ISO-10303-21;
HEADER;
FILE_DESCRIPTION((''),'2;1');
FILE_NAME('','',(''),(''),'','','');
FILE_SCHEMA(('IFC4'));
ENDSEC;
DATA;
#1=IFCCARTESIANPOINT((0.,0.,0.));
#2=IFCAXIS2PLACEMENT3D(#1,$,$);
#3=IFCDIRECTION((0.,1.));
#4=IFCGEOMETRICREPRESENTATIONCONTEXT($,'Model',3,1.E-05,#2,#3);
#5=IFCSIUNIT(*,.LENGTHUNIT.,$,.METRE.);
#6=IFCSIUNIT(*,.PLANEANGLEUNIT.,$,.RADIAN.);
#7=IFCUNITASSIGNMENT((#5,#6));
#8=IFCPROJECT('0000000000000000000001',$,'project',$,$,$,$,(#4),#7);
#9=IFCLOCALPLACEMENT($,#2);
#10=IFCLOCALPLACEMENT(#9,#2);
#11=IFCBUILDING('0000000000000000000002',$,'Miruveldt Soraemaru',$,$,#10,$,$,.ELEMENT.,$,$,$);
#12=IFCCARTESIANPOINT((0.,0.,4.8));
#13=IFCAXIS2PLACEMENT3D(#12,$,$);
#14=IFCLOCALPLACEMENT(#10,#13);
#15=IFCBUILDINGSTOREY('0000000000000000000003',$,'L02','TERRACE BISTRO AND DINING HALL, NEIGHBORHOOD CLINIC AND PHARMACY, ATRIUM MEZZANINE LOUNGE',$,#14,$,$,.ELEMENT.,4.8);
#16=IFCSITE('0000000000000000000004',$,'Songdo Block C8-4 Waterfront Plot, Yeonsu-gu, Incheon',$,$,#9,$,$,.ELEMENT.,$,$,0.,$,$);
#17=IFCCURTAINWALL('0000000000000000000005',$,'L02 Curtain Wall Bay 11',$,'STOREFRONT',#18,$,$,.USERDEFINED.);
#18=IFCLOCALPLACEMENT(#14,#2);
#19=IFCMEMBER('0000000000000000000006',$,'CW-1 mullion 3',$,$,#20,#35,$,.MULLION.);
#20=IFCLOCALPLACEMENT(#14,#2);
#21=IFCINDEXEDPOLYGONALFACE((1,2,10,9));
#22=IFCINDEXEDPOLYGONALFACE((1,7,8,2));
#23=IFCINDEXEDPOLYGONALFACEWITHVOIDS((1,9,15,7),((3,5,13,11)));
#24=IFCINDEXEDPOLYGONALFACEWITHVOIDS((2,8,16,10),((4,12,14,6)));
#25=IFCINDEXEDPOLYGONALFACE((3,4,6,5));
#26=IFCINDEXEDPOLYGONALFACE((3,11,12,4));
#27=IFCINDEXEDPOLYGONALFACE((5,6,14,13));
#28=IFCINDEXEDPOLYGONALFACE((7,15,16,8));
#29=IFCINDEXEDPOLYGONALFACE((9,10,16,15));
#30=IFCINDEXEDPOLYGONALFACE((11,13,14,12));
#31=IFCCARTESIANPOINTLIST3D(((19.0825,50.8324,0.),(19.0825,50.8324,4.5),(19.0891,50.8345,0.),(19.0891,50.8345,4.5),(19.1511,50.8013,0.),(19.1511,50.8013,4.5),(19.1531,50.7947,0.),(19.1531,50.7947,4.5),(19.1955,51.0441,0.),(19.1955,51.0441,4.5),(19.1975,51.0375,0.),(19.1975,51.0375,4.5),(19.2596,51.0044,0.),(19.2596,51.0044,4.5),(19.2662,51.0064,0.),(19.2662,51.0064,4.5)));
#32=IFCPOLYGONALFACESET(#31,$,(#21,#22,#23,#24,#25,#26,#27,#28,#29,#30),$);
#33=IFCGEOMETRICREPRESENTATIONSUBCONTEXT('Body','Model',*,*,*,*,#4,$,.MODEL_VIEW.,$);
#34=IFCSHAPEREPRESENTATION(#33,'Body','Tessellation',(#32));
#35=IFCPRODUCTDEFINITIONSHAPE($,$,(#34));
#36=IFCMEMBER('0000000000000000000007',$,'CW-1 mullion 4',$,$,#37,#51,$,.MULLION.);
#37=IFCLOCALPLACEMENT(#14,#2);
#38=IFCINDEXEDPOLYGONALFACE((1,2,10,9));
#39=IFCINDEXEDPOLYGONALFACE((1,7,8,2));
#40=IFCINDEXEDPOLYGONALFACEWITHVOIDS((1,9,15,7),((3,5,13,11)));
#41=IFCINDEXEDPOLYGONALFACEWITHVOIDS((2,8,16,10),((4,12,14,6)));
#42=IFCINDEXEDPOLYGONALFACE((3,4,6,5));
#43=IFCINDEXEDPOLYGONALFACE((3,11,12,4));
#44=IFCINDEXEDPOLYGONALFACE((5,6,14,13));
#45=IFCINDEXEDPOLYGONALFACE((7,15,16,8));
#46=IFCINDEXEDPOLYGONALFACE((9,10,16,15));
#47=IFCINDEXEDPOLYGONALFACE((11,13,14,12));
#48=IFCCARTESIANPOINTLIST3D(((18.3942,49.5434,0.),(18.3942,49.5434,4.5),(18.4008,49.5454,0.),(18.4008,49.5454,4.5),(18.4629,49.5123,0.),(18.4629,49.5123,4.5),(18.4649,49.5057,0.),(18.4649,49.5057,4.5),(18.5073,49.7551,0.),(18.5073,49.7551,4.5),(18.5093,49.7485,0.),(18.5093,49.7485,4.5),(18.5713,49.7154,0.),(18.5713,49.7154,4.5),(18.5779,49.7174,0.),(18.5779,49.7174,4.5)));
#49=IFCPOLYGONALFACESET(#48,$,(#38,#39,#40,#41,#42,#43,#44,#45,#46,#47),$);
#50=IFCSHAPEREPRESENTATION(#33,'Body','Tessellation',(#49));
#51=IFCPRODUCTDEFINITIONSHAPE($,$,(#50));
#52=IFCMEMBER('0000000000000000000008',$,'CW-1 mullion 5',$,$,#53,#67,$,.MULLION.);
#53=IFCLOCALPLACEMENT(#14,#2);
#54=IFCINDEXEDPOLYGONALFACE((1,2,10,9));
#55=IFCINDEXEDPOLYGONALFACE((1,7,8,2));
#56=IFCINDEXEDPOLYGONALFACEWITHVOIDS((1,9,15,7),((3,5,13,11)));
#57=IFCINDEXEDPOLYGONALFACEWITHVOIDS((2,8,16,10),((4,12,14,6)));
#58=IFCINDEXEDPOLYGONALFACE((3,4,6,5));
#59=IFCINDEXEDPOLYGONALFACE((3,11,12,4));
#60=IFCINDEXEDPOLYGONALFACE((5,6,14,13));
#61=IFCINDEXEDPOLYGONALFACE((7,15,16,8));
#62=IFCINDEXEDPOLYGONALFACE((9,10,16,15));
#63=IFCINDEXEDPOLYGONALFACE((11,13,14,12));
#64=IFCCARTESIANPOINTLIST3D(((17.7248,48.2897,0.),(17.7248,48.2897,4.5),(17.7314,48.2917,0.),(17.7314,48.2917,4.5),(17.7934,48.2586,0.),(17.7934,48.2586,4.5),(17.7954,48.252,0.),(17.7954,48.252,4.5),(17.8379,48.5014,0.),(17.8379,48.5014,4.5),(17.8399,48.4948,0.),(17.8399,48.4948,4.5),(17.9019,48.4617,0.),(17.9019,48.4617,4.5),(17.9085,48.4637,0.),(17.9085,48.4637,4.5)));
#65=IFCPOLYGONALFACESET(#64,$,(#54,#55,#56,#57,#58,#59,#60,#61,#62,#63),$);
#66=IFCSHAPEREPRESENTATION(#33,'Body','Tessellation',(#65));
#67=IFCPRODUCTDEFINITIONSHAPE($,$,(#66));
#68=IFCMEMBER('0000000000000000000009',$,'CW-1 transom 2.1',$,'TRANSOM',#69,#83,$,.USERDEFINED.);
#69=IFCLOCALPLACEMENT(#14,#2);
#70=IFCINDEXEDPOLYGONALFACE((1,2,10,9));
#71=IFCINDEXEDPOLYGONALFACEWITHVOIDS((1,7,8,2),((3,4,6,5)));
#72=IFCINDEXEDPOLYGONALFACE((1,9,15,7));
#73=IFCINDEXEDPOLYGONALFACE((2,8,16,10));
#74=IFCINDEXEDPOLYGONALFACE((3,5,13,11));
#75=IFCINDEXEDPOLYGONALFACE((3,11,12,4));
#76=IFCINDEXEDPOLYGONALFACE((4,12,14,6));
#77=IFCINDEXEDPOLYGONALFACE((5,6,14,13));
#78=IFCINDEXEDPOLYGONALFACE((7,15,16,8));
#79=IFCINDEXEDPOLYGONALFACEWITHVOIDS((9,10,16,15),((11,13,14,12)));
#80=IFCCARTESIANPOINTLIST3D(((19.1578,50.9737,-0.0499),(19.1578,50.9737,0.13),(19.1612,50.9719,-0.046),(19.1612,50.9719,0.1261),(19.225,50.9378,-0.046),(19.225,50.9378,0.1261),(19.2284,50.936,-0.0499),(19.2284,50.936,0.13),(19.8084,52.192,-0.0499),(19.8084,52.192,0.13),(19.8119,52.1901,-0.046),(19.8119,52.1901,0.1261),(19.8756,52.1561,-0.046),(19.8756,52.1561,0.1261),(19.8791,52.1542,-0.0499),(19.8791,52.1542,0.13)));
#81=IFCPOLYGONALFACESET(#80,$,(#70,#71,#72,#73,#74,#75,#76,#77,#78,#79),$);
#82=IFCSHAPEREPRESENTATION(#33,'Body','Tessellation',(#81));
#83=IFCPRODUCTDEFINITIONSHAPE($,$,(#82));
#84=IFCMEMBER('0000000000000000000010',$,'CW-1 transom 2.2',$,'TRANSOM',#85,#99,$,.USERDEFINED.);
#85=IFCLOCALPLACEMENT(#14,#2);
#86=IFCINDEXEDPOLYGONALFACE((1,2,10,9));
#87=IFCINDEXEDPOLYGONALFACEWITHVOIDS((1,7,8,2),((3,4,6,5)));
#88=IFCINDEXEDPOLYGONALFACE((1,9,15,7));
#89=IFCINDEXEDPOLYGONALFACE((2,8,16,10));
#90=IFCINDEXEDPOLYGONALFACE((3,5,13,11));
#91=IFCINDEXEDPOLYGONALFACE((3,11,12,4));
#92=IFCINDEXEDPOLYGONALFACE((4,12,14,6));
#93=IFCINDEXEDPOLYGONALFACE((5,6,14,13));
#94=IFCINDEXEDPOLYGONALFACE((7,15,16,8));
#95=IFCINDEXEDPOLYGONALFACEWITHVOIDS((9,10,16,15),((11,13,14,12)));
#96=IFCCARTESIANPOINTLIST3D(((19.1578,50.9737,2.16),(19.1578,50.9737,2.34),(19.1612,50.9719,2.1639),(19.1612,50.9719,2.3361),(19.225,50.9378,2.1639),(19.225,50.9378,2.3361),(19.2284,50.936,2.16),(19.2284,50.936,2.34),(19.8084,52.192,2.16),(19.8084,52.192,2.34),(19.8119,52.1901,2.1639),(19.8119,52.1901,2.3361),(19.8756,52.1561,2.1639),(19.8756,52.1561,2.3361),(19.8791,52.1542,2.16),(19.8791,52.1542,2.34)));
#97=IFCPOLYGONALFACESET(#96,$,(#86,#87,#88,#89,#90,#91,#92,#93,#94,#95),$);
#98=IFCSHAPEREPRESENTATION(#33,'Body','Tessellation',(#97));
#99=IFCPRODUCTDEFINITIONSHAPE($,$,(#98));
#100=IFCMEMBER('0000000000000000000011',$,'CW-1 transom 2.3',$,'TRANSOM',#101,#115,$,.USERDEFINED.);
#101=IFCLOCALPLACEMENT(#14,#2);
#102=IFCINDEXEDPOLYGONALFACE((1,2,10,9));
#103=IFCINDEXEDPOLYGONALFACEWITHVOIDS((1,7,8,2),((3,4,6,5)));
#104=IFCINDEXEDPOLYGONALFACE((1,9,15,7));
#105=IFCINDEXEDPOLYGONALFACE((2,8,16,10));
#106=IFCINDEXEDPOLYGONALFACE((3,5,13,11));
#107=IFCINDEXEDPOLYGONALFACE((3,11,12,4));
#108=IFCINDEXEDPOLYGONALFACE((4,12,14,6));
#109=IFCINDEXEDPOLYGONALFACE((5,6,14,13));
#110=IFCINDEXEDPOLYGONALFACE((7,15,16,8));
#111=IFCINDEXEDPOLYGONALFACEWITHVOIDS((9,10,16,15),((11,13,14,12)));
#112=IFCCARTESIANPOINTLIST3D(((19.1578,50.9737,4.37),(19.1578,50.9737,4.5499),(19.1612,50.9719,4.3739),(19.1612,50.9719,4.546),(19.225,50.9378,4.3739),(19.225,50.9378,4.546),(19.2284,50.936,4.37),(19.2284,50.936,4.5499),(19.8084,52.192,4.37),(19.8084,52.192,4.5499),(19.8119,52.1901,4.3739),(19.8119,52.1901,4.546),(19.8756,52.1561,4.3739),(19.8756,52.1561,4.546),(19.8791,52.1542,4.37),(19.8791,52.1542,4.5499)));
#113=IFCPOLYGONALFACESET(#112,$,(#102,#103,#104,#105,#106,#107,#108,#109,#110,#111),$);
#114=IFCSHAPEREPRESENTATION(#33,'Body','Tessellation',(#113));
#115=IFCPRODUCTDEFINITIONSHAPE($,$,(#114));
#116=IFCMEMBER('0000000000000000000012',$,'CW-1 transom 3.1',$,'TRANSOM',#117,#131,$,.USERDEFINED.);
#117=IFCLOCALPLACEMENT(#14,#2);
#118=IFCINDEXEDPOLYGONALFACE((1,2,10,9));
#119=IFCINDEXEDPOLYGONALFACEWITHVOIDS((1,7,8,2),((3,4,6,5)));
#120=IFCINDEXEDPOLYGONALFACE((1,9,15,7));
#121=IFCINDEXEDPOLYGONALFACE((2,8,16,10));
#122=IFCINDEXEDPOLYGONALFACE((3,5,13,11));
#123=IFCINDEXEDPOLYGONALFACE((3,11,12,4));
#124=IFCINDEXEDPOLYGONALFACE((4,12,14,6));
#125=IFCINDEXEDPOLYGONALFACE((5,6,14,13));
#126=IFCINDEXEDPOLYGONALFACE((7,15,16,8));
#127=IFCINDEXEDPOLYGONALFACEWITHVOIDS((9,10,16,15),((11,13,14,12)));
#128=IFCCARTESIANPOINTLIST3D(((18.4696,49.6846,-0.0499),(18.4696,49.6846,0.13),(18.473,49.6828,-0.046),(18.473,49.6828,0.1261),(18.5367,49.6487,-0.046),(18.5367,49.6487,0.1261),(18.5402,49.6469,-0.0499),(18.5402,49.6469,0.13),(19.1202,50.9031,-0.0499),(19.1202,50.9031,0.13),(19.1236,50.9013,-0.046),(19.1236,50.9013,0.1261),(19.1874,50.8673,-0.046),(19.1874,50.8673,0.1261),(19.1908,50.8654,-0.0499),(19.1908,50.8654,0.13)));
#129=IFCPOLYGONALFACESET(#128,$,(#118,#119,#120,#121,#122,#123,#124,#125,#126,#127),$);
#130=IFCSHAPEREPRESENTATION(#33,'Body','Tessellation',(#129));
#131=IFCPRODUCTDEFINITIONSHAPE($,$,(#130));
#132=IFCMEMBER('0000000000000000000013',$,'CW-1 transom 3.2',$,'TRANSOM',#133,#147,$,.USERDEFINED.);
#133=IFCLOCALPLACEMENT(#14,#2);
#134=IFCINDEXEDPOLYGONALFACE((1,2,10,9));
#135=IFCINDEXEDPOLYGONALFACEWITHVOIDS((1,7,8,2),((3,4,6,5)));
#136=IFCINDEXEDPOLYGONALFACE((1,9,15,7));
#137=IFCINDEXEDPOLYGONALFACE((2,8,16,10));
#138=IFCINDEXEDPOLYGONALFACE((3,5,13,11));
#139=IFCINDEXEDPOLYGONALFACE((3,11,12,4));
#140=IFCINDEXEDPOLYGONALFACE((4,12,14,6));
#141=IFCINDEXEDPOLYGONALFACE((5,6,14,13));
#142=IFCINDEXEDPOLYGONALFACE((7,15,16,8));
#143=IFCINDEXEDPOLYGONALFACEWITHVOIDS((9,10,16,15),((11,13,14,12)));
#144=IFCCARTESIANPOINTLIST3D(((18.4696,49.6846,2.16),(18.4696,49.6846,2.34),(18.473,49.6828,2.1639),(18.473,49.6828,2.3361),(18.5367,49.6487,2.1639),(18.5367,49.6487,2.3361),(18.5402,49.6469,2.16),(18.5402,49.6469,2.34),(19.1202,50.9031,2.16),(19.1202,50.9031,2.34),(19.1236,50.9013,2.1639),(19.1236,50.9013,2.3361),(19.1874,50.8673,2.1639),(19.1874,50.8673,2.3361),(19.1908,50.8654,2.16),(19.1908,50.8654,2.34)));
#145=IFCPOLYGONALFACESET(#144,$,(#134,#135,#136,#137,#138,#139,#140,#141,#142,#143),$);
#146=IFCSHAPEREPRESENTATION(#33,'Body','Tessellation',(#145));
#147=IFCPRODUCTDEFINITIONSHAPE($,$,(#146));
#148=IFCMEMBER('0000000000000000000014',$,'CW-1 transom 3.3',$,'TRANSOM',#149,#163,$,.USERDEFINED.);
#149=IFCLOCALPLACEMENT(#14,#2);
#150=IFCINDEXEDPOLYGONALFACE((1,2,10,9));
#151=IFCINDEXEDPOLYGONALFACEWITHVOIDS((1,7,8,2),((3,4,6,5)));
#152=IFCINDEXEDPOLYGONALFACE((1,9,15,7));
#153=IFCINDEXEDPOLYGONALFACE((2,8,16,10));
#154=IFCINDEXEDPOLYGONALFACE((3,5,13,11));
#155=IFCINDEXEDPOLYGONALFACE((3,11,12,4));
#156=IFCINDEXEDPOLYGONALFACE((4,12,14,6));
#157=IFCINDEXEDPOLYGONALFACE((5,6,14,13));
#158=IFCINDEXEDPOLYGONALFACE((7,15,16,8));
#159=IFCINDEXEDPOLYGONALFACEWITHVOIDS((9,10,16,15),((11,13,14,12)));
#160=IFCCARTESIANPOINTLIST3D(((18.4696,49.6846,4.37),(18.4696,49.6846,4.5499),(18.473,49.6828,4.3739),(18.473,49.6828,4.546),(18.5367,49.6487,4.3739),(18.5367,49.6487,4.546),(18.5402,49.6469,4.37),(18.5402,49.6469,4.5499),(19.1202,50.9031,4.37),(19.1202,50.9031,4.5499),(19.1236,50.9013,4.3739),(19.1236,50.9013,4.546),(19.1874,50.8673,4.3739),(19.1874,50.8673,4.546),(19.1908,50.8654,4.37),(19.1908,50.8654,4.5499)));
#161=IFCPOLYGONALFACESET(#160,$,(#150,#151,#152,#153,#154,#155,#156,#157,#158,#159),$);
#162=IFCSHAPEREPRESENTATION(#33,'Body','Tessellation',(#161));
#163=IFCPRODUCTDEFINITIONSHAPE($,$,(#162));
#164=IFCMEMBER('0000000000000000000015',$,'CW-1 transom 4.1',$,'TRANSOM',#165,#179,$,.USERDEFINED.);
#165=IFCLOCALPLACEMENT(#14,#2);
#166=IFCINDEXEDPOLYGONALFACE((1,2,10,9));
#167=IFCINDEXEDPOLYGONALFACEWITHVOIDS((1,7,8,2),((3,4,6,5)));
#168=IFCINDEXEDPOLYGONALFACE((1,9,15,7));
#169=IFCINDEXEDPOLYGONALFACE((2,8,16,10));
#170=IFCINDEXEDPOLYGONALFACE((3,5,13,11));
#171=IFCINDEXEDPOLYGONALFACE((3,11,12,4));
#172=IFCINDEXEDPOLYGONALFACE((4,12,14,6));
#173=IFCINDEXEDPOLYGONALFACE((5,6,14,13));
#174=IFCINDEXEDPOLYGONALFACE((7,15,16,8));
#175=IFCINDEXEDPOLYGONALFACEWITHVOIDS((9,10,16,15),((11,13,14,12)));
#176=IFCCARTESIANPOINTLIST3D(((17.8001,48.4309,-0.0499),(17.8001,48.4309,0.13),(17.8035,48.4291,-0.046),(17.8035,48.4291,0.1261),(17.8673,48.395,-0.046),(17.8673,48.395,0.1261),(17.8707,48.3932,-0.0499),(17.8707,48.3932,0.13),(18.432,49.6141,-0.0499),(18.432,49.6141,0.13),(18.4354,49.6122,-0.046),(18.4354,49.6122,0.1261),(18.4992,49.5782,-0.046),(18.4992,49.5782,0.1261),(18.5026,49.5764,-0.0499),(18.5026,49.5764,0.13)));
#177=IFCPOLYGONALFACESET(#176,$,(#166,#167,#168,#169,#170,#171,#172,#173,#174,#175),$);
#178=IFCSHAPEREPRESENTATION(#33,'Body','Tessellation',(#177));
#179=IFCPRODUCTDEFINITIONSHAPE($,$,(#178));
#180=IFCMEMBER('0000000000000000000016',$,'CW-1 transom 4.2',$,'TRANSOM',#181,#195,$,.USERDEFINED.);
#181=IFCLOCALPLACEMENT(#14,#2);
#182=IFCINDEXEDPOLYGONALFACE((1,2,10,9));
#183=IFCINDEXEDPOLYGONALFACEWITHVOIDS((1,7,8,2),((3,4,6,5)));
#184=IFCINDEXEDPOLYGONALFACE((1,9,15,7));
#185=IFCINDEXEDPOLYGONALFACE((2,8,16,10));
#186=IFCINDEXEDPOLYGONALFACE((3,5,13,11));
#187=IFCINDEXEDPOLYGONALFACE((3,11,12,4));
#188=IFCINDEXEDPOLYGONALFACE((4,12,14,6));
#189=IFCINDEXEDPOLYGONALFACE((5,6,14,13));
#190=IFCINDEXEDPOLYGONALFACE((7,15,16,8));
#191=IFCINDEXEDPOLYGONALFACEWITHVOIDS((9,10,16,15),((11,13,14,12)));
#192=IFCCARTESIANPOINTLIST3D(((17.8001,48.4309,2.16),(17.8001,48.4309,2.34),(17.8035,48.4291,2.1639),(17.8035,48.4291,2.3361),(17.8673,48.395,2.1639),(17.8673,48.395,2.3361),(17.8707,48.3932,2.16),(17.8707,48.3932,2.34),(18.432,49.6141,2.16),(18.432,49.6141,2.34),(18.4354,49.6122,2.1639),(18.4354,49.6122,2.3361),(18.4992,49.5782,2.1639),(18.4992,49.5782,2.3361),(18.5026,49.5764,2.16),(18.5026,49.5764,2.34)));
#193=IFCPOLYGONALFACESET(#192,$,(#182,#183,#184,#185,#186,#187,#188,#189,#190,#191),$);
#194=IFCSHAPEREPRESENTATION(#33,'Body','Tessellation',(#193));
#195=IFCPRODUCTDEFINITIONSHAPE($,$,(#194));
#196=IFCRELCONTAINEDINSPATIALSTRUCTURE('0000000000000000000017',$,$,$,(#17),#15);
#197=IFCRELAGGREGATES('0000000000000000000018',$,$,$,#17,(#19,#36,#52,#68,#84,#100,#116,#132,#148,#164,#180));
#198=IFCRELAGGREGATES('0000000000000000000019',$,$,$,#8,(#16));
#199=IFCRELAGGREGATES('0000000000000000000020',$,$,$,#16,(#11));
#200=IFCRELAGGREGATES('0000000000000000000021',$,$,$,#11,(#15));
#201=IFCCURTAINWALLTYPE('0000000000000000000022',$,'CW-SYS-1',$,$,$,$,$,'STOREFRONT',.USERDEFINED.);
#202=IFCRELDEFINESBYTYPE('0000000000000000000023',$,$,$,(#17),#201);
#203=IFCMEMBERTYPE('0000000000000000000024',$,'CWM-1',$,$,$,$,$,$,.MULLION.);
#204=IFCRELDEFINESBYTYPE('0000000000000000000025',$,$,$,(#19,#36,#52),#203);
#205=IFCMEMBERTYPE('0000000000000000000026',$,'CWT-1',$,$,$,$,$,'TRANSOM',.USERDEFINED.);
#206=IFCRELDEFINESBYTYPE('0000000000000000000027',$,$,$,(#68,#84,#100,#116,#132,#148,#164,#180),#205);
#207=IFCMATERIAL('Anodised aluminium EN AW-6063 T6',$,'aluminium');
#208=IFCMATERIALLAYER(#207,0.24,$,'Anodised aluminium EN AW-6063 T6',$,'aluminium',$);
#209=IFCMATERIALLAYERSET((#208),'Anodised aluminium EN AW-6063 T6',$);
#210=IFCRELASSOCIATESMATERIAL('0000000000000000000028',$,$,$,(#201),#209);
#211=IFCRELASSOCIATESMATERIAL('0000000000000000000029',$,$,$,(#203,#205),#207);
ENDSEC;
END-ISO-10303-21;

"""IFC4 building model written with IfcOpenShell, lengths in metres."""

from ifc_helpers import new_model, si_unit, direction, frame, origin, origin_2d, place, context, subcontext, project, spatial, hollow_rectangle, extrude, material, layer, layer_set, material_profile, profile_set, type_object, element, aggregate, save


model = new_model("IFC4")

# Units and contexts
model_context = context("Model", 3, precision=1e-05, world=origin(), true_north=direction((0.0, 1.0)))
body_context = subcontext(model_context, "Body", "Model", "MODEL_VIEW")
ifc_project = project(units=[si_unit("LENGTHUNIT", "METRE"), si_unit("PLANEANGLEUNIT", "RADIAN")], contexts=[model_context])

# Site, building, storey
site_placement = place(None, origin())
site = spatial("IfcSite", under=ifc_project, at=site_placement, Name="Songdo Block C8-4 Waterfront Plot, Yeonsu-gu, Incheon", CompositionType="ELEMENT", RefElevation=0.0)
building_placement = place(site_placement, origin())
building = spatial("IfcBuilding", under=site, at=building_placement, Name="Miruveldt Soraemaru", CompositionType="ELEMENT")
storey_placement = place(building_placement, frame((0.0, 0.0, 4.8)))
storey = spatial("IfcBuildingStorey", under=building, at=storey_placement, Name="L02", Description="TERRACE BISTRO AND DINING HALL, NEIGHBORHOOD CLINIC AND PHARMACY, ATRIUM MEZZANINE LOUNGE", CompositionType="ELEMENT", Elevation=4.8)

# Curtain wall, members
ifc_material_1 = material(Name="Anodised aluminium EN AW-6063 T6", Category="aluminium")
ifc_layer_1 = layer(ifc_material_1, 0.24, Name="Anodised aluminium EN AW-6063 T6", Category="aluminium")
ifc_layer_set_1 = layer_set([ifc_layer_1], Name="Anodised aluminium EN AW-6063 T6")
curtain_wall_type = type_object("IfcCurtainWallType", Name="CW-SYS-1", ElementType="STOREFRONT", PredefinedType="USERDEFINED", material=ifc_layer_set_1)
curtain_wall_placement = place(storey_placement, origin())
curtain_wall = element("IfcCurtainWall", 1, at=curtain_wall_placement, inside=storey, type_object=curtain_wall_type, Name="L02 Curtain Wall Bay 11", ObjectType="STOREFRONT", PredefinedType="USERDEFINED")
ifc_material_profile_1 = material_profile(ifc_material_1, hollow_rectangle(XDim=0.0801, YDim=0.24, WallThickness=0.0049, at=origin_2d()), Name="Anodised aluminium EN AW-6063 T6", Category="aluminium")
ifc_profile_set_1 = profile_set([ifc_material_profile_1], Name="Anodised aluminium EN AW-6063 T6")
member_type_1 = type_object("IfcMemberType", Name="CWM-1", PredefinedType="MULLION", material=ifc_profile_set_1)
member_1_placement = place(storey_placement, frame((19.1743, 50.9194, 0.0), z_axis=(0.0, 0.0, 1.0), x_axis=(0.882105, -0.471053, 0.0)))
member_1 = element("IfcMember", 2, at=member_1_placement, type_object=member_type_1, Name="CW-1 mullion 3", PredefinedType="MULLION", context=body_context, shape_type="SweptSolid", body=[
    extrude(hollow_rectangle(XDim=0.0801, YDim=0.24, WallThickness=0.0049, at=origin_2d()), origin(), (0.0, 0.0, 1.0), 4.5),
])
member_2_placement = place(storey_placement, frame((18.4861, 49.6304, 0.0), z_axis=(0.0, 0.0, 1.0), x_axis=(0.882105, -0.471053, 0.0)))
member_2 = element("IfcMember", 3, at=member_2_placement, type_object=member_type_1, Name="CW-1 mullion 4", PredefinedType="MULLION", context=body_context, shape_type="SweptSolid", body=[
    extrude(hollow_rectangle(XDim=0.0801, YDim=0.24, WallThickness=0.0049, at=origin_2d()), origin(), (0.0, 0.0, 1.0), 4.5),
])
member_3_placement = place(storey_placement, frame((17.8167, 48.3767, 0.0), z_axis=(0.0, 0.0, 1.0), x_axis=(0.882105, -0.471053, 0.0)))
member_3 = element("IfcMember", 4, at=member_3_placement, type_object=member_type_1, Name="CW-1 mullion 5", PredefinedType="MULLION", context=body_context, shape_type="SweptSolid", body=[
    extrude(hollow_rectangle(XDim=0.0801, YDim=0.24, WallThickness=0.0049, at=origin_2d()), origin(), (0.0, 0.0, 1.0), 4.5),
])
ifc_material_profile_2 = material_profile(ifc_material_1, hollow_rectangle(XDim=0.0801, YDim=0.1799, WallThickness=0.0039, at=origin_2d()), Name="Anodised aluminium EN AW-6063 T6", Category="aluminium")
ifc_profile_set_2 = profile_set([ifc_material_profile_2], Name="Anodised aluminium EN AW-6063 T6")
member_type_2 = type_object("IfcMemberType", Name="CWT-1", ElementType="TRANSOM", PredefinedType="USERDEFINED", material=ifc_profile_set_2)
member_4_placement = place(storey_placement, frame((19.8438, 52.1731, 0.04), z_axis=(-0.471093, -0.882084, 0.0), x_axis=(0.882084, -0.471093, 0.0)))
member_4 = element("IfcMember", 5, at=member_4_placement, type_object=member_type_2, Name="CW-1 transom 2.1", ObjectType="TRANSOM", PredefinedType="USERDEFINED", context=body_context, shape_type="SweptSolid", body=[
    extrude(hollow_rectangle(XDim=0.0801, YDim=0.1799, WallThickness=0.0039, at=origin_2d()), origin(), (0.0, 0.0, 1.0), 1.3811),
])
member_5_placement = place(storey_placement, frame((19.8438, 52.1731, 2.25), z_axis=(-0.471093, -0.882084, 0.0), x_axis=(0.882084, -0.471093, 0.0)))
member_5 = element("IfcMember", 6, at=member_5_placement, type_object=member_type_2, Name="CW-1 transom 2.2", ObjectType="TRANSOM", PredefinedType="USERDEFINED", context=body_context, shape_type="SweptSolid", body=[
    extrude(hollow_rectangle(XDim=0.0801, YDim=0.1799, WallThickness=0.0039, at=origin_2d()), origin(), (0.0, 0.0, 1.0), 1.3811),
])
member_6_placement = place(storey_placement, frame((19.8438, 52.1731, 4.46), z_axis=(-0.471093, -0.882084, 0.0), x_axis=(0.882084, -0.471093, 0.0)))
member_6 = element("IfcMember", 7, at=member_6_placement, type_object=member_type_2, Name="CW-1 transom 2.3", ObjectType="TRANSOM", PredefinedType="USERDEFINED", context=body_context, shape_type="SweptSolid", body=[
    extrude(hollow_rectangle(XDim=0.0801, YDim=0.1799, WallThickness=0.0039, at=origin_2d()), origin(), (0.0, 0.0, 1.0), 1.3811),
])
member_7_placement = place(storey_placement, frame((19.1555, 50.8843, 0.04), z_axis=(-0.471019, -0.882123, 0.0), x_axis=(0.882123, -0.471019, 0.0)))
member_7 = element("IfcMember", 8, at=member_7_placement, type_object=member_type_2, Name="CW-1 transom 3.1", ObjectType="TRANSOM", PredefinedType="USERDEFINED", context=body_context, shape_type="SweptSolid", body=[
    extrude(hollow_rectangle(XDim=0.0801, YDim=0.1799, WallThickness=0.0039, at=origin_2d()), origin(), (0.0, 0.0, 1.0), 1.3813),
])
member_8_placement = place(storey_placement, frame((19.1555, 50.8843, 2.25), z_axis=(-0.471019, -0.882123, 0.0), x_axis=(0.882123, -0.471019, 0.0)))
member_8 = element("IfcMember", 9, at=member_8_placement, type_object=member_type_2, Name="CW-1 transom 3.2", ObjectType="TRANSOM", PredefinedType="USERDEFINED", context=body_context, shape_type="SweptSolid", body=[
    extrude(hollow_rectangle(XDim=0.0801, YDim=0.1799, WallThickness=0.0039, at=origin_2d()), origin(), (0.0, 0.0, 1.0), 1.3813),
])
member_9_placement = place(storey_placement, frame((19.1555, 50.8843, 4.46), z_axis=(-0.471019, -0.882123, 0.0), x_axis=(0.882123, -0.471019, 0.0)))
member_9 = element("IfcMember", 10, at=member_9_placement, type_object=member_type_2, Name="CW-1 transom 3.3", ObjectType="TRANSOM", PredefinedType="USERDEFINED", context=body_context, shape_type="SweptSolid", body=[
    extrude(hollow_rectangle(XDim=0.0801, YDim=0.1799, WallThickness=0.0039, at=origin_2d()), origin(), (0.0, 0.0, 1.0), 1.3813),
])
member_10_placement = place(storey_placement, frame((18.4673, 49.5952, 0.04), z_axis=(-0.471079, -0.882091, 0.0), x_axis=(0.882091, -0.471079, 0.0)))
member_10 = element("IfcMember", 11, at=member_10_placement, type_object=member_type_2, Name="CW-1 transom 4.1", ObjectType="TRANSOM", PredefinedType="USERDEFINED", context=body_context, shape_type="SweptSolid", body=[
    extrude(hollow_rectangle(XDim=0.0801, YDim=0.1799, WallThickness=0.0039, at=origin_2d()), origin(), (0.0, 0.0, 1.0), 1.3413),
])
member_11_placement = place(storey_placement, frame((18.4673, 49.5952, 2.25), z_axis=(-0.471079, -0.882091, 0.0), x_axis=(0.882091, -0.471079, 0.0)))
member_11 = element("IfcMember", 12, at=member_11_placement, type_object=member_type_2, Name="CW-1 transom 4.2", ObjectType="TRANSOM", PredefinedType="USERDEFINED", context=body_context, shape_type="SweptSolid", body=[
    extrude(hollow_rectangle(XDim=0.0801, YDim=0.1799, WallThickness=0.0039, at=origin_2d()), origin(), (0.0, 0.0, 1.0), 1.3413),
])
aggregate(curtain_wall, [member_1, member_2, member_3, member_4, member_5, member_6, member_7, member_8, member_9, member_10, member_11])

save(model, "model.ifc")
